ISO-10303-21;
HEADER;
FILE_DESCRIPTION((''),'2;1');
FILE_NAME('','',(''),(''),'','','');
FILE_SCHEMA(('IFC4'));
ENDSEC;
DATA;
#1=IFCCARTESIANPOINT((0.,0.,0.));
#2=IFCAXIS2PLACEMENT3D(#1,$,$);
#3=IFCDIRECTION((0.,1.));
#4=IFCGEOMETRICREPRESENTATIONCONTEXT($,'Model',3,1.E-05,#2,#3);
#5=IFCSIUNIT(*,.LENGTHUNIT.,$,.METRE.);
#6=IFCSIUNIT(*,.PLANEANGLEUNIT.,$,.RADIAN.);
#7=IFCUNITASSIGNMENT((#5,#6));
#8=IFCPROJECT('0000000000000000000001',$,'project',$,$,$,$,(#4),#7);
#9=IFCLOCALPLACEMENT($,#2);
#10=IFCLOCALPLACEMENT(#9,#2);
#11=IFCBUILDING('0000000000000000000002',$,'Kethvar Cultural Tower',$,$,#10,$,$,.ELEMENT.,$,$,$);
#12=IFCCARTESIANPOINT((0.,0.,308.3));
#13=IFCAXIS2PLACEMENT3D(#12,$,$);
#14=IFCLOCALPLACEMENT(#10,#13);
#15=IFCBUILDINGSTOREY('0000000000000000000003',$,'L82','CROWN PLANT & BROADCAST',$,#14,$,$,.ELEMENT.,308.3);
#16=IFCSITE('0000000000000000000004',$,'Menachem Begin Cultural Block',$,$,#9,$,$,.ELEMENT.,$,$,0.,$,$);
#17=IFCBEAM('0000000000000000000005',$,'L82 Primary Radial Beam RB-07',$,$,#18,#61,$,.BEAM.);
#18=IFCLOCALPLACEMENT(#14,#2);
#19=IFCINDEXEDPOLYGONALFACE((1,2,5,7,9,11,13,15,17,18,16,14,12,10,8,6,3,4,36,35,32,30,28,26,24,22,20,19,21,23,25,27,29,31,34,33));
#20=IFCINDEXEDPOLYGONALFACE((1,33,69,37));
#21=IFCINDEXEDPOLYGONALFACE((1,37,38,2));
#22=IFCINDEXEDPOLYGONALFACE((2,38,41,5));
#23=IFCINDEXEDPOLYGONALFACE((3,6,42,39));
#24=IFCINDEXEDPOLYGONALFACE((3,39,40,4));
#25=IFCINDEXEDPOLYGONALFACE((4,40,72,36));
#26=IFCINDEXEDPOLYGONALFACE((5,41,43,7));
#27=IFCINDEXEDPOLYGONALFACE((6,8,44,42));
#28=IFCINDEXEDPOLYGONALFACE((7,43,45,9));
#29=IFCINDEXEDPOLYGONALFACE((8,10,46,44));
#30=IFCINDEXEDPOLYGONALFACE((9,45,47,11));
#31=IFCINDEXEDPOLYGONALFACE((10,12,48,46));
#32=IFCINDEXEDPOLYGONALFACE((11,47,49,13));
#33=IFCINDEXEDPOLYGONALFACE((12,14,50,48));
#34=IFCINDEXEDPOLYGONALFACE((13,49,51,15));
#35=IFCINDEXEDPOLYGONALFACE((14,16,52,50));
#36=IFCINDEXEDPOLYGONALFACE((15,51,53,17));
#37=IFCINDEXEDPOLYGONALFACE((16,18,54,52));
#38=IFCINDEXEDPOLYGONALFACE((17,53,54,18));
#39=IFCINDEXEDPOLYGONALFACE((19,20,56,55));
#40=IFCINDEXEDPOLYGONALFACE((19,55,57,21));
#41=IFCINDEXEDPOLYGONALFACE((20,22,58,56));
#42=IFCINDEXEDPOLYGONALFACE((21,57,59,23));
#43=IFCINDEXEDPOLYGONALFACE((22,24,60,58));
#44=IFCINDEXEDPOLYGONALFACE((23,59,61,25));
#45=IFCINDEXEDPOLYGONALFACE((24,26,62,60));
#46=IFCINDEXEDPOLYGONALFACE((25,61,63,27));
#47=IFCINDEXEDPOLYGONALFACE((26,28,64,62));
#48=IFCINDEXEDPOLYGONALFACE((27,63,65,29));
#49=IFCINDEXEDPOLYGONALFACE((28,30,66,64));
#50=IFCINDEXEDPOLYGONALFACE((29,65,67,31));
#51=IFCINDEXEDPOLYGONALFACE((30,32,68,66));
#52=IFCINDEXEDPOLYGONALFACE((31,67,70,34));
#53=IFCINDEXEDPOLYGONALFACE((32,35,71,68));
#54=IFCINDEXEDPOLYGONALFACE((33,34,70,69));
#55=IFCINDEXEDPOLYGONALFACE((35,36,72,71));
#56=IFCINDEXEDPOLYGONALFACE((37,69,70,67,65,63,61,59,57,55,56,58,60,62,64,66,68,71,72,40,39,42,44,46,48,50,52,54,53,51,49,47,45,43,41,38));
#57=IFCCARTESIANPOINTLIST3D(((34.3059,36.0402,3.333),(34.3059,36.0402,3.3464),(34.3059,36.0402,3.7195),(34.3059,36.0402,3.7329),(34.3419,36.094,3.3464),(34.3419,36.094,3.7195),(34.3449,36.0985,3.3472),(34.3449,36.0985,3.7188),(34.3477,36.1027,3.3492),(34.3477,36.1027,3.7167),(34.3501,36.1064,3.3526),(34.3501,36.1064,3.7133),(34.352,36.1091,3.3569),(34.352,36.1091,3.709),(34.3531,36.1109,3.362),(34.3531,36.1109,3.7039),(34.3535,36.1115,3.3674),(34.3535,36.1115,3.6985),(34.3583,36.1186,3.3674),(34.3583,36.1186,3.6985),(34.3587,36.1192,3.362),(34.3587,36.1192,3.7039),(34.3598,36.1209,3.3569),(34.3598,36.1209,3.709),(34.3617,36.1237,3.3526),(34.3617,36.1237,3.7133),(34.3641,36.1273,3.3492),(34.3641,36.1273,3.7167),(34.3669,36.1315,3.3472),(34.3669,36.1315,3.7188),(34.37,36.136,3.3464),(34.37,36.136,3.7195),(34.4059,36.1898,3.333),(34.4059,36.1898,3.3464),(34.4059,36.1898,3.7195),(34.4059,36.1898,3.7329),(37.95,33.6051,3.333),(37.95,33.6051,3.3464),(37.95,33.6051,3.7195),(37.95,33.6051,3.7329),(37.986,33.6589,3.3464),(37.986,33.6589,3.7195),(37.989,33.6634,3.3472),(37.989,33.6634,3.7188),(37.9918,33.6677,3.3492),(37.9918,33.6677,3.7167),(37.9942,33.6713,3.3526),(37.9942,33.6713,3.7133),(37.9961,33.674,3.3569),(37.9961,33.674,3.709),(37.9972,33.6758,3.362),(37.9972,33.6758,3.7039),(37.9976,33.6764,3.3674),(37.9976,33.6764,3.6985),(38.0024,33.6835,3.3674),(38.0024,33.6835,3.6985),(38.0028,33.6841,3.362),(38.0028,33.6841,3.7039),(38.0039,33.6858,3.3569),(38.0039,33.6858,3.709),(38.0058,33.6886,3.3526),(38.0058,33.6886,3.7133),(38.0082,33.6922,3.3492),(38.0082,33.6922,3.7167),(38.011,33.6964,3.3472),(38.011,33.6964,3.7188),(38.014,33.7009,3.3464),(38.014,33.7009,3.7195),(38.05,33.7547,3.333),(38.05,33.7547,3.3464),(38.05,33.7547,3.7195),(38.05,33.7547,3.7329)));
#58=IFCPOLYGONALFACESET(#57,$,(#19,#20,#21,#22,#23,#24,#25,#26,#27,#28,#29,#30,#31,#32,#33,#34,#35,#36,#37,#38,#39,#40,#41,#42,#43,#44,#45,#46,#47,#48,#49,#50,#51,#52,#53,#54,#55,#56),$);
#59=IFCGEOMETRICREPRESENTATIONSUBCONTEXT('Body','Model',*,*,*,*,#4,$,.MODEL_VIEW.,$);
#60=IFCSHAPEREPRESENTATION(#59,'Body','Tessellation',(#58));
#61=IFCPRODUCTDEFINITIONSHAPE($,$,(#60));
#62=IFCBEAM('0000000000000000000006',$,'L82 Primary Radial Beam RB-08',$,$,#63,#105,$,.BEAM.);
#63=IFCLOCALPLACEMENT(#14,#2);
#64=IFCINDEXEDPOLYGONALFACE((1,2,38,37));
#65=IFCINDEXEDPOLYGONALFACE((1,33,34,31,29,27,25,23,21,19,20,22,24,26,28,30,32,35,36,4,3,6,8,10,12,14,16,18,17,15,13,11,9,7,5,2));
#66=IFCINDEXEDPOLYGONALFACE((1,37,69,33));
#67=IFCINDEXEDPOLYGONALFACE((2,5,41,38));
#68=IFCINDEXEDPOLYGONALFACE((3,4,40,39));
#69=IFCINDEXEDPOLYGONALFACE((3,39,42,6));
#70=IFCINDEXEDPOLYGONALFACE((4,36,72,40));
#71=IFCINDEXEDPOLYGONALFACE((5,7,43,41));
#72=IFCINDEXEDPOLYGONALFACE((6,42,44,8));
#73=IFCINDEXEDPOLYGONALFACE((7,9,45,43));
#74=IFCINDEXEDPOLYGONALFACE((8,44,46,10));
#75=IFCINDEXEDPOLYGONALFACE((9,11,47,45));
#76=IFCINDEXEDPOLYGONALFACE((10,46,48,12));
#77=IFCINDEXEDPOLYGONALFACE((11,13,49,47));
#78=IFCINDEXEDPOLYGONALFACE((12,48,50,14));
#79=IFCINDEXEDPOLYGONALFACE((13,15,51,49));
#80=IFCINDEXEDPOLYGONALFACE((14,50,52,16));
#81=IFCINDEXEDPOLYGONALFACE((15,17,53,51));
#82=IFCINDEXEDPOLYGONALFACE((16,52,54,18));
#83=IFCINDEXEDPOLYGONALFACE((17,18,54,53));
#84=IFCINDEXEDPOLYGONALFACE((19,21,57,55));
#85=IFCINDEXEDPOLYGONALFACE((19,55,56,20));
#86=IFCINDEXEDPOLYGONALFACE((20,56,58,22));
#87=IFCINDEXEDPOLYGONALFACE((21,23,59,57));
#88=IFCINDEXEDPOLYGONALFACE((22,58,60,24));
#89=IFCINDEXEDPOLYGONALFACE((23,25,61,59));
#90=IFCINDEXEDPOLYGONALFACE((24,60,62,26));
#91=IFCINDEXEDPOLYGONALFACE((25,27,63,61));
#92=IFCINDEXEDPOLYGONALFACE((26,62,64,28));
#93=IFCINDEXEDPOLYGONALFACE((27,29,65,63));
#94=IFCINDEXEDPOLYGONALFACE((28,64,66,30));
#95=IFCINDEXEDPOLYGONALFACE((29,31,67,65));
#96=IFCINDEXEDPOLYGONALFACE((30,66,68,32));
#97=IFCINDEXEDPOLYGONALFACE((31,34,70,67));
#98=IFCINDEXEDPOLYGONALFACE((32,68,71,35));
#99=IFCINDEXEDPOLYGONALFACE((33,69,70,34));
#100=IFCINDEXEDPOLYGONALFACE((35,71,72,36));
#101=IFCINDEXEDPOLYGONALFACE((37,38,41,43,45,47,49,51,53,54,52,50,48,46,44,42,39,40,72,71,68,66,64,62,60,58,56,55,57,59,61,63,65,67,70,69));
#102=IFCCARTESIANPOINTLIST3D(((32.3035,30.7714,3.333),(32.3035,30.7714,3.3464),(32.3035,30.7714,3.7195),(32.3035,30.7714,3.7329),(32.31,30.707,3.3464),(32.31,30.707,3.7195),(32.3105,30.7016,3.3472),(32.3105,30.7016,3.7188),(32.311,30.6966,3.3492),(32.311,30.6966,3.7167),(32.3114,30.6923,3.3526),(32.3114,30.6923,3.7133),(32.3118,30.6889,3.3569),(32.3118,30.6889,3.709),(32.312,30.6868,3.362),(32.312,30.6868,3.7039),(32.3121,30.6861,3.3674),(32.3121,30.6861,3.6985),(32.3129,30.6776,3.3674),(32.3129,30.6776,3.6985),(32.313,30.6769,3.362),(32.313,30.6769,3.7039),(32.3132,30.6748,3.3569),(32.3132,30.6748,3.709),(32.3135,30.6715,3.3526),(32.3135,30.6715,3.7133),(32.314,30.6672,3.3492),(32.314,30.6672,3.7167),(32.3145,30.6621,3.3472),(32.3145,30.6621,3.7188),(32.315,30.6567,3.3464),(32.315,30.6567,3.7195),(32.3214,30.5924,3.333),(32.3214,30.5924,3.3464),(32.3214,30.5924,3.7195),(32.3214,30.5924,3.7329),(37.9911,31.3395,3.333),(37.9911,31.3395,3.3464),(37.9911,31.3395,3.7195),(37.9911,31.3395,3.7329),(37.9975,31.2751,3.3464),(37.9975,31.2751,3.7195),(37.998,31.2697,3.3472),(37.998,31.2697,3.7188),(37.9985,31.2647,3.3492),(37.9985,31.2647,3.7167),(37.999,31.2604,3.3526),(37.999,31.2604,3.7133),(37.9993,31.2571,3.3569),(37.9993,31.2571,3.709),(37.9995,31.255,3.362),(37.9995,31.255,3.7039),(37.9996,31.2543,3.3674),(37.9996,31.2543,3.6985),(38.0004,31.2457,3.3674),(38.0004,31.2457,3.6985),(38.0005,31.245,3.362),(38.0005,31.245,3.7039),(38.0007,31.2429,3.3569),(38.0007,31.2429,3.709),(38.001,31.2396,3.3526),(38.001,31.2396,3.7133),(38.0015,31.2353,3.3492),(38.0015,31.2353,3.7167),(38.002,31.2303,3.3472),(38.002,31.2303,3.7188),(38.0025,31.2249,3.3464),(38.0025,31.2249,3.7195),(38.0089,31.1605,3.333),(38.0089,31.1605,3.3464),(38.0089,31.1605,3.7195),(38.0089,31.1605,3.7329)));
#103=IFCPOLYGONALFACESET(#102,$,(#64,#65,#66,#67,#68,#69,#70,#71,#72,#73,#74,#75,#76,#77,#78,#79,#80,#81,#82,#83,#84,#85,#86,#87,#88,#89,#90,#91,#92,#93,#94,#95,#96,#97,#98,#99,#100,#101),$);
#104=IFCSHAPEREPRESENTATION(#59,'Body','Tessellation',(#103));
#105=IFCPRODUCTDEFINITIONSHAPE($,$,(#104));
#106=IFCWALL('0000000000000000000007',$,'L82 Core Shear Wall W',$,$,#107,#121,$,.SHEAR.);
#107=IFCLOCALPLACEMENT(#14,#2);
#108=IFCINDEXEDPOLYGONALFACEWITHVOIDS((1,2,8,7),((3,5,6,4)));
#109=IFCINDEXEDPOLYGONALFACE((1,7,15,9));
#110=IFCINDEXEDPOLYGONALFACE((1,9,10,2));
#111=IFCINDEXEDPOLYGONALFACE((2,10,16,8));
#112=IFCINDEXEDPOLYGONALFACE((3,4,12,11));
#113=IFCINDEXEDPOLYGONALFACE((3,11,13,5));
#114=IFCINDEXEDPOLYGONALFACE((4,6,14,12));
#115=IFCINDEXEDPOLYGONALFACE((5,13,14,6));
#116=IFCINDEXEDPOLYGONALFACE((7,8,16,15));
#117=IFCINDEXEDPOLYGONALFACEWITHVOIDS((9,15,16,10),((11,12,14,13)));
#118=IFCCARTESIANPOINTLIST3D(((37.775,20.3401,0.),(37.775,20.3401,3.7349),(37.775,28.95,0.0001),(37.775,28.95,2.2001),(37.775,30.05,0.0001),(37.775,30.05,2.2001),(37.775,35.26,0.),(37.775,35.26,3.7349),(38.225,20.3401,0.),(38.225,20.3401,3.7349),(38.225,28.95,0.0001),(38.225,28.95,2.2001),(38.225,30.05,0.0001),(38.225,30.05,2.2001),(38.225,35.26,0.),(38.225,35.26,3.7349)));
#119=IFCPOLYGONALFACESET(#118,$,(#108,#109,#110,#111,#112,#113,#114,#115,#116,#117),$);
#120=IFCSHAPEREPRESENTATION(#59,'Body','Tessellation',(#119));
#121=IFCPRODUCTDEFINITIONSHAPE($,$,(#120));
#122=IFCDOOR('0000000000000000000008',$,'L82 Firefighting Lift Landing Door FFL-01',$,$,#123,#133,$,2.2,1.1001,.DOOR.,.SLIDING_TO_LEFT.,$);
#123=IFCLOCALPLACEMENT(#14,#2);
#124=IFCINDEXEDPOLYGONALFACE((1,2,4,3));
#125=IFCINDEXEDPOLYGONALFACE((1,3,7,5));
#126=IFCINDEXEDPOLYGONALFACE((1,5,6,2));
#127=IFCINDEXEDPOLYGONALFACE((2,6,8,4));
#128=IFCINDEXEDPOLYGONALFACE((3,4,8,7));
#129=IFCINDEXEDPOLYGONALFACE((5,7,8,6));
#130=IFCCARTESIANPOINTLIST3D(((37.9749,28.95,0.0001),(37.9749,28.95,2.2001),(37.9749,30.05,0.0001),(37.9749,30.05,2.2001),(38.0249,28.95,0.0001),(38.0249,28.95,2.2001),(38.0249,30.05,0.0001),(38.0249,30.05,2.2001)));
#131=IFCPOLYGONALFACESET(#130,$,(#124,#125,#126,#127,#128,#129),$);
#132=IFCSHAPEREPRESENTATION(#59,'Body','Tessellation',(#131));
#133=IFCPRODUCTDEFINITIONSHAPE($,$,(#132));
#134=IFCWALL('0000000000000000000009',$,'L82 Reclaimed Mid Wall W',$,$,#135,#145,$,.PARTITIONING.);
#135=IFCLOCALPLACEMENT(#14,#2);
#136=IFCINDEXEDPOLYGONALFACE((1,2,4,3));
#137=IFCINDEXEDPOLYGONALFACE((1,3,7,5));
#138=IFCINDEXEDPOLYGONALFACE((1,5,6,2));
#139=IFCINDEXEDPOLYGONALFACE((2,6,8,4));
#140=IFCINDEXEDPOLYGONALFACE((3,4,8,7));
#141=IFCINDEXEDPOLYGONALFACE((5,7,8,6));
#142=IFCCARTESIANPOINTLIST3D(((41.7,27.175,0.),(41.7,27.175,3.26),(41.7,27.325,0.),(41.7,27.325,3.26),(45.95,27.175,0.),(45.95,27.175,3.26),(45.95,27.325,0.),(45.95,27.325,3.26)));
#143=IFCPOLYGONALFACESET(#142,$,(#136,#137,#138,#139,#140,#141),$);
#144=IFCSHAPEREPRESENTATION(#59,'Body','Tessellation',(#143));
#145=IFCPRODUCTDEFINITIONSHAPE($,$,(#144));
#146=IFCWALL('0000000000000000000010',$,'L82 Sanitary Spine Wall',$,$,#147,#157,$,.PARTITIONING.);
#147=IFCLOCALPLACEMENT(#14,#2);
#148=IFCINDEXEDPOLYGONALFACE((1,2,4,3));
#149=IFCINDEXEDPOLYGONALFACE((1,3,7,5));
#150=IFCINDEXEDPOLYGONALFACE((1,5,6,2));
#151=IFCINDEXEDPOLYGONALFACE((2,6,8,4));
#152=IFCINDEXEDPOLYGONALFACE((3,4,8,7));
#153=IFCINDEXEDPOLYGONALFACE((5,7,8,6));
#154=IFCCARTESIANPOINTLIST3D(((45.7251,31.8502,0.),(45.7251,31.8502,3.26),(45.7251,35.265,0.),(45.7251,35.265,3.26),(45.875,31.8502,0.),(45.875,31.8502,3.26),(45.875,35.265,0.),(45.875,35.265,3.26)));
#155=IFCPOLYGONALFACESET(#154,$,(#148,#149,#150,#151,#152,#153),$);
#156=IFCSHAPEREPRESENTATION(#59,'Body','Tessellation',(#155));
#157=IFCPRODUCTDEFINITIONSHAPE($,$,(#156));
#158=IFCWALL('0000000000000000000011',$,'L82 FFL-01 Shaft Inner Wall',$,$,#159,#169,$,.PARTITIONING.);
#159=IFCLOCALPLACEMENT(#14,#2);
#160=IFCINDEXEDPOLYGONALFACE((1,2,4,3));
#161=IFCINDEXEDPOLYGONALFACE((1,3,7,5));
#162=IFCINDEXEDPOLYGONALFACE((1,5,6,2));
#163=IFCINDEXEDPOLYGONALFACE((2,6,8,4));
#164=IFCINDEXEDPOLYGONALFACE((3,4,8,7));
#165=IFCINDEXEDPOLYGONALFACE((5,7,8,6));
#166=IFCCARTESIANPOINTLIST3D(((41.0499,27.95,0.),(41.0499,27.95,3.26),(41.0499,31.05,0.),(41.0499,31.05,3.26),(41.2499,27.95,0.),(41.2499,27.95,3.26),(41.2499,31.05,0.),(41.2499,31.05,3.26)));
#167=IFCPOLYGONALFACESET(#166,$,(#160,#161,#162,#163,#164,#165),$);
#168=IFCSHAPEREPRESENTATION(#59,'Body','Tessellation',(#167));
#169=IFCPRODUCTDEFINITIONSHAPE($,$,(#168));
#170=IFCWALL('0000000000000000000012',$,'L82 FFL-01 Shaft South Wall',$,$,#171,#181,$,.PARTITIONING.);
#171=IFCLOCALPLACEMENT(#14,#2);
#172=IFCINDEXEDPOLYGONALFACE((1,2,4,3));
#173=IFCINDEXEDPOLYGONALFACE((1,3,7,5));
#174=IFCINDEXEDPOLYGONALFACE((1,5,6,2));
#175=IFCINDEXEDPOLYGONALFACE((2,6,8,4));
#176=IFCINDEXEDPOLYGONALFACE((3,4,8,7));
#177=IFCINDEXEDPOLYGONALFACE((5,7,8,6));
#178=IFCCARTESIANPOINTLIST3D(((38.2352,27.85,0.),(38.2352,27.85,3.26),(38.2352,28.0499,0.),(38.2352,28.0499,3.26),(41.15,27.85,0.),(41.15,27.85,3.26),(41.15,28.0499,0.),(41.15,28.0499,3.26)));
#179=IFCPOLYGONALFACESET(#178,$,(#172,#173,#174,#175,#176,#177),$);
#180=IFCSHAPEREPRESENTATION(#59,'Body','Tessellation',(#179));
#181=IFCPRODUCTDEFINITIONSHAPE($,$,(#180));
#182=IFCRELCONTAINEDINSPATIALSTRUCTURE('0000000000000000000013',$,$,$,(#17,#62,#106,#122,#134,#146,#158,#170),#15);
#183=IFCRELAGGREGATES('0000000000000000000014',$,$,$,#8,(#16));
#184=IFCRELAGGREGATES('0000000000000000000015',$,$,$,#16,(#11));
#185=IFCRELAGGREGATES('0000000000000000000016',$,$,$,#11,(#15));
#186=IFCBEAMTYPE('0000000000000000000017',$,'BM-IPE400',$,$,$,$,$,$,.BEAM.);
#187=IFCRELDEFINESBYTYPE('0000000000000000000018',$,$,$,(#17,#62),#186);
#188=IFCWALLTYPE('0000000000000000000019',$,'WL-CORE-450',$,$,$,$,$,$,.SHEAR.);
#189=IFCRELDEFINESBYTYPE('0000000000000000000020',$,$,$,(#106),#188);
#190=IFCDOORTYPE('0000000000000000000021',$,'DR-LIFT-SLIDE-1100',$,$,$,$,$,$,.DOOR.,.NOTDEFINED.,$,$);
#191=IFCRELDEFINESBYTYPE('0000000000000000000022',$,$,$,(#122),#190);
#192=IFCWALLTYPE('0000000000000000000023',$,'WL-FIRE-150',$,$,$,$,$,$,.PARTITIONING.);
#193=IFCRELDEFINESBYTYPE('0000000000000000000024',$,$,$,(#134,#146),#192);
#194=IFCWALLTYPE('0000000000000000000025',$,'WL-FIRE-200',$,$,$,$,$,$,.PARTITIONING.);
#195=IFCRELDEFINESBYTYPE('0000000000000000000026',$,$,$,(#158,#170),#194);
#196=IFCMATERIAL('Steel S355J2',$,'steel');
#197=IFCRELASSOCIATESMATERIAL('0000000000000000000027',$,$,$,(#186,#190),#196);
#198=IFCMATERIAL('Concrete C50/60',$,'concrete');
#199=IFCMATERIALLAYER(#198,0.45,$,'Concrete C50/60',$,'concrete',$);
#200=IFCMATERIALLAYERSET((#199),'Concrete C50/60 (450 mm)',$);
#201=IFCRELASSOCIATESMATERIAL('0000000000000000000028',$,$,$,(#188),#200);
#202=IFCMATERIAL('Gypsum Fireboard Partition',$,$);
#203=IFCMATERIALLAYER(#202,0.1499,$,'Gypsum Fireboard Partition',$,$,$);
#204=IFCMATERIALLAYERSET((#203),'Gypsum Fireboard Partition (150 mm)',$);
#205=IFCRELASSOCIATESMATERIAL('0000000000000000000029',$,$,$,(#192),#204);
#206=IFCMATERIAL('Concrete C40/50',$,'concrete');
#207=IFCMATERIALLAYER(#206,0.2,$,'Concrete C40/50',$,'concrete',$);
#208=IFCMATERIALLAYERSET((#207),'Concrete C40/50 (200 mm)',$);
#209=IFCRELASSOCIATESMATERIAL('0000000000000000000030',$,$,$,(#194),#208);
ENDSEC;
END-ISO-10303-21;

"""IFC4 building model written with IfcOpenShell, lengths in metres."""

from ifc_helpers import new_model, si_unit, direction, frame, frame_2d, origin, origin_2d, place, context, subcontext, project, spatial, rectangle, i_section, extrude, source, transform, mapped, material, layer, layer_set, material_profile, profile_set, type_object, element, fill, save


model = new_model("IFC4")

# Units and contexts
model_context = context("Model", 3, precision=1e-05, world=origin(), true_north=direction((0.0, 1.0)))
body_context = subcontext(model_context, "Body", "Model", "MODEL_VIEW")
ifc_project = project(units=[si_unit("LENGTHUNIT", "METRE"), si_unit("PLANEANGLEUNIT", "RADIAN")], contexts=[model_context])

# Site, building, storey
site_placement = place(None, origin())
site = spatial("IfcSite", under=ifc_project, at=site_placement, Name="Menachem Begin Cultural Block", CompositionType="ELEMENT", RefElevation=0.0)
building_placement = place(site_placement, origin())
building = spatial("IfcBuilding", under=site, at=building_placement, Name="Kethvar Cultural Tower", CompositionType="ELEMENT")
storey_placement = place(building_placement, frame((0.0, 0.0, 308.3)))
storey = spatial("IfcBuildingStorey", under=building, at=storey_placement, Name="L82", Description="CROWN PLANT & BROADCAST", CompositionType="ELEMENT", Elevation=308.3)

# Beams
ifc_material_1 = material(Name="Steel S355J2", Category="steel")
ifc_material_profile_1 = material_profile(ifc_material_1, i_section(OverallWidth=0.1799, OverallDepth=0.3999, WebThickness=0.0085, FlangeThickness=0.0134, FilletRadius=0.021, at=origin_2d()), Name="Steel S355J2 — IPE400")
ifc_profile_set_1 = profile_set([ifc_material_profile_1], Name="Steel S355J2 — IPE400")
beam_type_1 = type_object("IfcBeamType", Name="BM-IPE400", PredefinedType="BEAM", material=ifc_profile_set_1)
shared_shape_1 = source(origin(), body_context, "Body", "SweptSolid", [
    extrude(i_section(OverallWidth=0.1799, OverallDepth=0.3999, WebThickness=0.0085, FlangeThickness=0.0134, FilletRadius=0.021, at=origin_2d()), origin(), (0.0, 0.0, 1.0), 4.3828),
])
beam_1_placement = place(storey_placement, frame((38.0, 33.6799, 3.533), z_axis=(-0.83145, 0.5556, 0.0), x_axis=(-0.5556, -0.83145, 0.0)))
element("IfcBeam", 1, at=beam_1_placement, inside=storey, type_object=beam_type_1, Name="L82 Primary Radial Beam RB-07", PredefinedType="BEAM", context=body_context, shape_type="MappedRepresentation", body=[
    mapped(shared_shape_1, transform((0.0, 0.0, 0.0), scale=1.0)),
])
shared_shape_2 = source(origin(), body_context, "Body", "SweptSolid", [
    extrude(i_section(OverallWidth=0.1799, OverallDepth=0.3999, WebThickness=0.0085, FlangeThickness=0.0134, FilletRadius=0.021, at=origin_2d()), origin(), (0.0, 0.0, 1.0), 5.7158),
])
beam_2_placement = place(storey_placement, frame((38.0, 31.25, 3.533), z_axis=(-0.995048, -0.099394, 0.0), x_axis=(0.099394, -0.995048, 0.0)))
element("IfcBeam", 2, at=beam_2_placement, inside=storey, type_object=beam_type_1, Name="L82 Primary Radial Beam RB-08", PredefinedType="BEAM", context=body_context, shape_type="MappedRepresentation", body=[
    mapped(shared_shape_2, transform((0.0, 0.0, 0.0), scale=1.0)),
])

# Wall, opening, door
ifc_material_2 = material(Name="Concrete C50/60", Category="concrete")
ifc_layer_1 = layer(ifc_material_2, 0.45, Name="Concrete C50/60", Category="concrete")
ifc_layer_set_1 = layer_set([ifc_layer_1], Name="Concrete C50/60 (450 mm)")
wall_type_1 = type_object("IfcWallType", Name="WL-CORE-450", PredefinedType="SHEAR", material=ifc_layer_set_1)
wall_1_placement = place(storey_placement, frame((38.0, 35.26, 0.0), z_axis=(0.0, 0.0, 1.0), x_axis=(0.0, -1.0, 0.0)))
wall_1 = element("IfcWall", 3, at=wall_1_placement, inside=storey, type_object=wall_type_1, Name="L82 Core Shear Wall W", PredefinedType="SHEAR", context=body_context, shape_type="SweptSolid", body=[
    extrude(rectangle(XDim=14.9199, YDim=0.45, at=frame_2d((7.46, 0.0))), origin(), (0.0, 0.0, 1.0), 3.7349),
])
opening_placement = place(wall_1_placement, frame((5.21, 0.0, 0.0)))
opening = element("IfcOpeningElement", 4, at=opening_placement, cuts=wall_1, PredefinedType="OPENING", context=body_context, shape_type="SweptSolid", body=[
    extrude(rectangle(XDim=1.1001, YDim=2.2, at=frame_2d((0.55, 1.1001))), frame((0.0, 0.2349, 0.0), z_axis=(0.0, -1.0, 0.0), x_axis=(1.0, 0.0, 0.0)), (0.0, 0.0, 1.0), 0.47),
])
door_type = type_object("IfcDoorType", Name="DR-LIFT-SLIDE-1100", OperationType="NOTDEFINED", PredefinedType="DOOR", material=ifc_material_1)
shared_shape_3 = source(origin(), body_context, "Body", "SweptSolid", [
    extrude(rectangle(XDim=1.1001, YDim=2.2, at=frame_2d((0.55, 1.1001))), frame((0.0, 0.0249, 0.0), z_axis=(0.0, -1.0, 0.0), x_axis=(1.0, 0.0, 0.0)), (0.0, 0.0, 1.0), 0.05),
])
door_placement = place(opening_placement, origin())
door = element("IfcDoor", 5, at=door_placement, inside=storey, type_object=door_type, Name="L82 Firefighting Lift Landing Door FFL-01", OperationType="SLIDING_TO_LEFT", OverallHeight=2.2, OverallWidth=1.1001, PredefinedType="DOOR", context=body_context, shape_type="MappedRepresentation", body=[
    mapped(shared_shape_3, transform((0.0, 0.0, 0.0), scale=1.0)),
])
fill(opening, door)

# Walls
ifc_material_3 = material(Name="Gypsum Fireboard Partition")
ifc_layer_2 = layer(ifc_material_3, 0.1499, Name="Gypsum Fireboard Partition")
ifc_layer_set_2 = layer_set([ifc_layer_2], Name="Gypsum Fireboard Partition (150 mm)")
wall_type_2 = type_object("IfcWallType", Name="WL-FIRE-150", PredefinedType="PARTITIONING", material=ifc_layer_set_2)
wall_2_placement = place(storey_placement, frame((41.7, 27.25, 0.0), z_axis=(0.0, 0.0, 1.0), x_axis=(1.0, 0.0, 0.0)))
element("IfcWall", 6, at=wall_2_placement, inside=storey, type_object=wall_type_2, Name="L82 Reclaimed Mid Wall W", PredefinedType="PARTITIONING", context=body_context, shape_type="SweptSolid", body=[
    extrude(rectangle(XDim=4.25, YDim=0.1499, at=frame_2d((2.125, 0.0))), origin(), (0.0, 0.0, 1.0), 3.26),
])
wall_3_placement = place(storey_placement, frame((45.8, 31.8501, 0.0), z_axis=(0.0, 0.0, 1.0), x_axis=(0.0, 1.0, 0.0)))
element("IfcWall", 7, at=wall_3_placement, inside=storey, type_object=wall_type_2, Name="L82 Sanitary Spine Wall", PredefinedType="PARTITIONING", context=body_context, shape_type="SweptSolid", body=[
    extrude(rectangle(XDim=3.4148, YDim=0.1499, at=frame_2d((1.7075, 0.0))), origin(), (0.0, 0.0, 1.0), 3.26),
])
ifc_material_4 = material(Name="Concrete C40/50", Category="concrete")
ifc_layer_3 = layer(ifc_material_4, 0.2, Name="Concrete C40/50", Category="concrete")
ifc_layer_set_3 = layer_set([ifc_layer_3], Name="Concrete C40/50 (200 mm)")
wall_type_3 = type_object("IfcWallType", Name="WL-FIRE-200", PredefinedType="PARTITIONING", material=ifc_layer_set_3)
wall_4_placement = place(storey_placement, frame((41.1499, 27.95, 0.0), z_axis=(0.0, 0.0, 1.0), x_axis=(0.0, 1.0, 0.0)))
element("IfcWall", 8, at=wall_4_placement, inside=storey, type_object=wall_type_3, Name="L82 FFL-01 Shaft Inner Wall", PredefinedType="PARTITIONING", context=body_context, shape_type="SweptSolid", body=[
    extrude(rectangle(XDim=3.1001, YDim=0.2, at=frame_2d((1.55, 0.0))), origin(), (0.0, 0.0, 1.0), 3.26),
])
for number, where, z_axis, x_axis, name in (
    (9, (38.2351, 27.95, 0.0), (0.0, 0.0, 1.0), (1.0, 0.0, 0.0), "L82 FFL-01 Shaft South Wall"),
):
    element("IfcWall", number, at=place(storey_placement, frame(where, z_axis=z_axis, x_axis=x_axis)), inside=storey, type_object=wall_type_3, Name=name, PredefinedType="PARTITIONING", context=body_context, shape_type="SweptSolid", body=[
        extrude(rectangle(XDim=2.9148, YDim=0.2, at=frame_2d((1.4575, 0.0))), origin(), (0.0, 0.0, 1.0), 3.26),
    ])

save(model, "model.ifc")
